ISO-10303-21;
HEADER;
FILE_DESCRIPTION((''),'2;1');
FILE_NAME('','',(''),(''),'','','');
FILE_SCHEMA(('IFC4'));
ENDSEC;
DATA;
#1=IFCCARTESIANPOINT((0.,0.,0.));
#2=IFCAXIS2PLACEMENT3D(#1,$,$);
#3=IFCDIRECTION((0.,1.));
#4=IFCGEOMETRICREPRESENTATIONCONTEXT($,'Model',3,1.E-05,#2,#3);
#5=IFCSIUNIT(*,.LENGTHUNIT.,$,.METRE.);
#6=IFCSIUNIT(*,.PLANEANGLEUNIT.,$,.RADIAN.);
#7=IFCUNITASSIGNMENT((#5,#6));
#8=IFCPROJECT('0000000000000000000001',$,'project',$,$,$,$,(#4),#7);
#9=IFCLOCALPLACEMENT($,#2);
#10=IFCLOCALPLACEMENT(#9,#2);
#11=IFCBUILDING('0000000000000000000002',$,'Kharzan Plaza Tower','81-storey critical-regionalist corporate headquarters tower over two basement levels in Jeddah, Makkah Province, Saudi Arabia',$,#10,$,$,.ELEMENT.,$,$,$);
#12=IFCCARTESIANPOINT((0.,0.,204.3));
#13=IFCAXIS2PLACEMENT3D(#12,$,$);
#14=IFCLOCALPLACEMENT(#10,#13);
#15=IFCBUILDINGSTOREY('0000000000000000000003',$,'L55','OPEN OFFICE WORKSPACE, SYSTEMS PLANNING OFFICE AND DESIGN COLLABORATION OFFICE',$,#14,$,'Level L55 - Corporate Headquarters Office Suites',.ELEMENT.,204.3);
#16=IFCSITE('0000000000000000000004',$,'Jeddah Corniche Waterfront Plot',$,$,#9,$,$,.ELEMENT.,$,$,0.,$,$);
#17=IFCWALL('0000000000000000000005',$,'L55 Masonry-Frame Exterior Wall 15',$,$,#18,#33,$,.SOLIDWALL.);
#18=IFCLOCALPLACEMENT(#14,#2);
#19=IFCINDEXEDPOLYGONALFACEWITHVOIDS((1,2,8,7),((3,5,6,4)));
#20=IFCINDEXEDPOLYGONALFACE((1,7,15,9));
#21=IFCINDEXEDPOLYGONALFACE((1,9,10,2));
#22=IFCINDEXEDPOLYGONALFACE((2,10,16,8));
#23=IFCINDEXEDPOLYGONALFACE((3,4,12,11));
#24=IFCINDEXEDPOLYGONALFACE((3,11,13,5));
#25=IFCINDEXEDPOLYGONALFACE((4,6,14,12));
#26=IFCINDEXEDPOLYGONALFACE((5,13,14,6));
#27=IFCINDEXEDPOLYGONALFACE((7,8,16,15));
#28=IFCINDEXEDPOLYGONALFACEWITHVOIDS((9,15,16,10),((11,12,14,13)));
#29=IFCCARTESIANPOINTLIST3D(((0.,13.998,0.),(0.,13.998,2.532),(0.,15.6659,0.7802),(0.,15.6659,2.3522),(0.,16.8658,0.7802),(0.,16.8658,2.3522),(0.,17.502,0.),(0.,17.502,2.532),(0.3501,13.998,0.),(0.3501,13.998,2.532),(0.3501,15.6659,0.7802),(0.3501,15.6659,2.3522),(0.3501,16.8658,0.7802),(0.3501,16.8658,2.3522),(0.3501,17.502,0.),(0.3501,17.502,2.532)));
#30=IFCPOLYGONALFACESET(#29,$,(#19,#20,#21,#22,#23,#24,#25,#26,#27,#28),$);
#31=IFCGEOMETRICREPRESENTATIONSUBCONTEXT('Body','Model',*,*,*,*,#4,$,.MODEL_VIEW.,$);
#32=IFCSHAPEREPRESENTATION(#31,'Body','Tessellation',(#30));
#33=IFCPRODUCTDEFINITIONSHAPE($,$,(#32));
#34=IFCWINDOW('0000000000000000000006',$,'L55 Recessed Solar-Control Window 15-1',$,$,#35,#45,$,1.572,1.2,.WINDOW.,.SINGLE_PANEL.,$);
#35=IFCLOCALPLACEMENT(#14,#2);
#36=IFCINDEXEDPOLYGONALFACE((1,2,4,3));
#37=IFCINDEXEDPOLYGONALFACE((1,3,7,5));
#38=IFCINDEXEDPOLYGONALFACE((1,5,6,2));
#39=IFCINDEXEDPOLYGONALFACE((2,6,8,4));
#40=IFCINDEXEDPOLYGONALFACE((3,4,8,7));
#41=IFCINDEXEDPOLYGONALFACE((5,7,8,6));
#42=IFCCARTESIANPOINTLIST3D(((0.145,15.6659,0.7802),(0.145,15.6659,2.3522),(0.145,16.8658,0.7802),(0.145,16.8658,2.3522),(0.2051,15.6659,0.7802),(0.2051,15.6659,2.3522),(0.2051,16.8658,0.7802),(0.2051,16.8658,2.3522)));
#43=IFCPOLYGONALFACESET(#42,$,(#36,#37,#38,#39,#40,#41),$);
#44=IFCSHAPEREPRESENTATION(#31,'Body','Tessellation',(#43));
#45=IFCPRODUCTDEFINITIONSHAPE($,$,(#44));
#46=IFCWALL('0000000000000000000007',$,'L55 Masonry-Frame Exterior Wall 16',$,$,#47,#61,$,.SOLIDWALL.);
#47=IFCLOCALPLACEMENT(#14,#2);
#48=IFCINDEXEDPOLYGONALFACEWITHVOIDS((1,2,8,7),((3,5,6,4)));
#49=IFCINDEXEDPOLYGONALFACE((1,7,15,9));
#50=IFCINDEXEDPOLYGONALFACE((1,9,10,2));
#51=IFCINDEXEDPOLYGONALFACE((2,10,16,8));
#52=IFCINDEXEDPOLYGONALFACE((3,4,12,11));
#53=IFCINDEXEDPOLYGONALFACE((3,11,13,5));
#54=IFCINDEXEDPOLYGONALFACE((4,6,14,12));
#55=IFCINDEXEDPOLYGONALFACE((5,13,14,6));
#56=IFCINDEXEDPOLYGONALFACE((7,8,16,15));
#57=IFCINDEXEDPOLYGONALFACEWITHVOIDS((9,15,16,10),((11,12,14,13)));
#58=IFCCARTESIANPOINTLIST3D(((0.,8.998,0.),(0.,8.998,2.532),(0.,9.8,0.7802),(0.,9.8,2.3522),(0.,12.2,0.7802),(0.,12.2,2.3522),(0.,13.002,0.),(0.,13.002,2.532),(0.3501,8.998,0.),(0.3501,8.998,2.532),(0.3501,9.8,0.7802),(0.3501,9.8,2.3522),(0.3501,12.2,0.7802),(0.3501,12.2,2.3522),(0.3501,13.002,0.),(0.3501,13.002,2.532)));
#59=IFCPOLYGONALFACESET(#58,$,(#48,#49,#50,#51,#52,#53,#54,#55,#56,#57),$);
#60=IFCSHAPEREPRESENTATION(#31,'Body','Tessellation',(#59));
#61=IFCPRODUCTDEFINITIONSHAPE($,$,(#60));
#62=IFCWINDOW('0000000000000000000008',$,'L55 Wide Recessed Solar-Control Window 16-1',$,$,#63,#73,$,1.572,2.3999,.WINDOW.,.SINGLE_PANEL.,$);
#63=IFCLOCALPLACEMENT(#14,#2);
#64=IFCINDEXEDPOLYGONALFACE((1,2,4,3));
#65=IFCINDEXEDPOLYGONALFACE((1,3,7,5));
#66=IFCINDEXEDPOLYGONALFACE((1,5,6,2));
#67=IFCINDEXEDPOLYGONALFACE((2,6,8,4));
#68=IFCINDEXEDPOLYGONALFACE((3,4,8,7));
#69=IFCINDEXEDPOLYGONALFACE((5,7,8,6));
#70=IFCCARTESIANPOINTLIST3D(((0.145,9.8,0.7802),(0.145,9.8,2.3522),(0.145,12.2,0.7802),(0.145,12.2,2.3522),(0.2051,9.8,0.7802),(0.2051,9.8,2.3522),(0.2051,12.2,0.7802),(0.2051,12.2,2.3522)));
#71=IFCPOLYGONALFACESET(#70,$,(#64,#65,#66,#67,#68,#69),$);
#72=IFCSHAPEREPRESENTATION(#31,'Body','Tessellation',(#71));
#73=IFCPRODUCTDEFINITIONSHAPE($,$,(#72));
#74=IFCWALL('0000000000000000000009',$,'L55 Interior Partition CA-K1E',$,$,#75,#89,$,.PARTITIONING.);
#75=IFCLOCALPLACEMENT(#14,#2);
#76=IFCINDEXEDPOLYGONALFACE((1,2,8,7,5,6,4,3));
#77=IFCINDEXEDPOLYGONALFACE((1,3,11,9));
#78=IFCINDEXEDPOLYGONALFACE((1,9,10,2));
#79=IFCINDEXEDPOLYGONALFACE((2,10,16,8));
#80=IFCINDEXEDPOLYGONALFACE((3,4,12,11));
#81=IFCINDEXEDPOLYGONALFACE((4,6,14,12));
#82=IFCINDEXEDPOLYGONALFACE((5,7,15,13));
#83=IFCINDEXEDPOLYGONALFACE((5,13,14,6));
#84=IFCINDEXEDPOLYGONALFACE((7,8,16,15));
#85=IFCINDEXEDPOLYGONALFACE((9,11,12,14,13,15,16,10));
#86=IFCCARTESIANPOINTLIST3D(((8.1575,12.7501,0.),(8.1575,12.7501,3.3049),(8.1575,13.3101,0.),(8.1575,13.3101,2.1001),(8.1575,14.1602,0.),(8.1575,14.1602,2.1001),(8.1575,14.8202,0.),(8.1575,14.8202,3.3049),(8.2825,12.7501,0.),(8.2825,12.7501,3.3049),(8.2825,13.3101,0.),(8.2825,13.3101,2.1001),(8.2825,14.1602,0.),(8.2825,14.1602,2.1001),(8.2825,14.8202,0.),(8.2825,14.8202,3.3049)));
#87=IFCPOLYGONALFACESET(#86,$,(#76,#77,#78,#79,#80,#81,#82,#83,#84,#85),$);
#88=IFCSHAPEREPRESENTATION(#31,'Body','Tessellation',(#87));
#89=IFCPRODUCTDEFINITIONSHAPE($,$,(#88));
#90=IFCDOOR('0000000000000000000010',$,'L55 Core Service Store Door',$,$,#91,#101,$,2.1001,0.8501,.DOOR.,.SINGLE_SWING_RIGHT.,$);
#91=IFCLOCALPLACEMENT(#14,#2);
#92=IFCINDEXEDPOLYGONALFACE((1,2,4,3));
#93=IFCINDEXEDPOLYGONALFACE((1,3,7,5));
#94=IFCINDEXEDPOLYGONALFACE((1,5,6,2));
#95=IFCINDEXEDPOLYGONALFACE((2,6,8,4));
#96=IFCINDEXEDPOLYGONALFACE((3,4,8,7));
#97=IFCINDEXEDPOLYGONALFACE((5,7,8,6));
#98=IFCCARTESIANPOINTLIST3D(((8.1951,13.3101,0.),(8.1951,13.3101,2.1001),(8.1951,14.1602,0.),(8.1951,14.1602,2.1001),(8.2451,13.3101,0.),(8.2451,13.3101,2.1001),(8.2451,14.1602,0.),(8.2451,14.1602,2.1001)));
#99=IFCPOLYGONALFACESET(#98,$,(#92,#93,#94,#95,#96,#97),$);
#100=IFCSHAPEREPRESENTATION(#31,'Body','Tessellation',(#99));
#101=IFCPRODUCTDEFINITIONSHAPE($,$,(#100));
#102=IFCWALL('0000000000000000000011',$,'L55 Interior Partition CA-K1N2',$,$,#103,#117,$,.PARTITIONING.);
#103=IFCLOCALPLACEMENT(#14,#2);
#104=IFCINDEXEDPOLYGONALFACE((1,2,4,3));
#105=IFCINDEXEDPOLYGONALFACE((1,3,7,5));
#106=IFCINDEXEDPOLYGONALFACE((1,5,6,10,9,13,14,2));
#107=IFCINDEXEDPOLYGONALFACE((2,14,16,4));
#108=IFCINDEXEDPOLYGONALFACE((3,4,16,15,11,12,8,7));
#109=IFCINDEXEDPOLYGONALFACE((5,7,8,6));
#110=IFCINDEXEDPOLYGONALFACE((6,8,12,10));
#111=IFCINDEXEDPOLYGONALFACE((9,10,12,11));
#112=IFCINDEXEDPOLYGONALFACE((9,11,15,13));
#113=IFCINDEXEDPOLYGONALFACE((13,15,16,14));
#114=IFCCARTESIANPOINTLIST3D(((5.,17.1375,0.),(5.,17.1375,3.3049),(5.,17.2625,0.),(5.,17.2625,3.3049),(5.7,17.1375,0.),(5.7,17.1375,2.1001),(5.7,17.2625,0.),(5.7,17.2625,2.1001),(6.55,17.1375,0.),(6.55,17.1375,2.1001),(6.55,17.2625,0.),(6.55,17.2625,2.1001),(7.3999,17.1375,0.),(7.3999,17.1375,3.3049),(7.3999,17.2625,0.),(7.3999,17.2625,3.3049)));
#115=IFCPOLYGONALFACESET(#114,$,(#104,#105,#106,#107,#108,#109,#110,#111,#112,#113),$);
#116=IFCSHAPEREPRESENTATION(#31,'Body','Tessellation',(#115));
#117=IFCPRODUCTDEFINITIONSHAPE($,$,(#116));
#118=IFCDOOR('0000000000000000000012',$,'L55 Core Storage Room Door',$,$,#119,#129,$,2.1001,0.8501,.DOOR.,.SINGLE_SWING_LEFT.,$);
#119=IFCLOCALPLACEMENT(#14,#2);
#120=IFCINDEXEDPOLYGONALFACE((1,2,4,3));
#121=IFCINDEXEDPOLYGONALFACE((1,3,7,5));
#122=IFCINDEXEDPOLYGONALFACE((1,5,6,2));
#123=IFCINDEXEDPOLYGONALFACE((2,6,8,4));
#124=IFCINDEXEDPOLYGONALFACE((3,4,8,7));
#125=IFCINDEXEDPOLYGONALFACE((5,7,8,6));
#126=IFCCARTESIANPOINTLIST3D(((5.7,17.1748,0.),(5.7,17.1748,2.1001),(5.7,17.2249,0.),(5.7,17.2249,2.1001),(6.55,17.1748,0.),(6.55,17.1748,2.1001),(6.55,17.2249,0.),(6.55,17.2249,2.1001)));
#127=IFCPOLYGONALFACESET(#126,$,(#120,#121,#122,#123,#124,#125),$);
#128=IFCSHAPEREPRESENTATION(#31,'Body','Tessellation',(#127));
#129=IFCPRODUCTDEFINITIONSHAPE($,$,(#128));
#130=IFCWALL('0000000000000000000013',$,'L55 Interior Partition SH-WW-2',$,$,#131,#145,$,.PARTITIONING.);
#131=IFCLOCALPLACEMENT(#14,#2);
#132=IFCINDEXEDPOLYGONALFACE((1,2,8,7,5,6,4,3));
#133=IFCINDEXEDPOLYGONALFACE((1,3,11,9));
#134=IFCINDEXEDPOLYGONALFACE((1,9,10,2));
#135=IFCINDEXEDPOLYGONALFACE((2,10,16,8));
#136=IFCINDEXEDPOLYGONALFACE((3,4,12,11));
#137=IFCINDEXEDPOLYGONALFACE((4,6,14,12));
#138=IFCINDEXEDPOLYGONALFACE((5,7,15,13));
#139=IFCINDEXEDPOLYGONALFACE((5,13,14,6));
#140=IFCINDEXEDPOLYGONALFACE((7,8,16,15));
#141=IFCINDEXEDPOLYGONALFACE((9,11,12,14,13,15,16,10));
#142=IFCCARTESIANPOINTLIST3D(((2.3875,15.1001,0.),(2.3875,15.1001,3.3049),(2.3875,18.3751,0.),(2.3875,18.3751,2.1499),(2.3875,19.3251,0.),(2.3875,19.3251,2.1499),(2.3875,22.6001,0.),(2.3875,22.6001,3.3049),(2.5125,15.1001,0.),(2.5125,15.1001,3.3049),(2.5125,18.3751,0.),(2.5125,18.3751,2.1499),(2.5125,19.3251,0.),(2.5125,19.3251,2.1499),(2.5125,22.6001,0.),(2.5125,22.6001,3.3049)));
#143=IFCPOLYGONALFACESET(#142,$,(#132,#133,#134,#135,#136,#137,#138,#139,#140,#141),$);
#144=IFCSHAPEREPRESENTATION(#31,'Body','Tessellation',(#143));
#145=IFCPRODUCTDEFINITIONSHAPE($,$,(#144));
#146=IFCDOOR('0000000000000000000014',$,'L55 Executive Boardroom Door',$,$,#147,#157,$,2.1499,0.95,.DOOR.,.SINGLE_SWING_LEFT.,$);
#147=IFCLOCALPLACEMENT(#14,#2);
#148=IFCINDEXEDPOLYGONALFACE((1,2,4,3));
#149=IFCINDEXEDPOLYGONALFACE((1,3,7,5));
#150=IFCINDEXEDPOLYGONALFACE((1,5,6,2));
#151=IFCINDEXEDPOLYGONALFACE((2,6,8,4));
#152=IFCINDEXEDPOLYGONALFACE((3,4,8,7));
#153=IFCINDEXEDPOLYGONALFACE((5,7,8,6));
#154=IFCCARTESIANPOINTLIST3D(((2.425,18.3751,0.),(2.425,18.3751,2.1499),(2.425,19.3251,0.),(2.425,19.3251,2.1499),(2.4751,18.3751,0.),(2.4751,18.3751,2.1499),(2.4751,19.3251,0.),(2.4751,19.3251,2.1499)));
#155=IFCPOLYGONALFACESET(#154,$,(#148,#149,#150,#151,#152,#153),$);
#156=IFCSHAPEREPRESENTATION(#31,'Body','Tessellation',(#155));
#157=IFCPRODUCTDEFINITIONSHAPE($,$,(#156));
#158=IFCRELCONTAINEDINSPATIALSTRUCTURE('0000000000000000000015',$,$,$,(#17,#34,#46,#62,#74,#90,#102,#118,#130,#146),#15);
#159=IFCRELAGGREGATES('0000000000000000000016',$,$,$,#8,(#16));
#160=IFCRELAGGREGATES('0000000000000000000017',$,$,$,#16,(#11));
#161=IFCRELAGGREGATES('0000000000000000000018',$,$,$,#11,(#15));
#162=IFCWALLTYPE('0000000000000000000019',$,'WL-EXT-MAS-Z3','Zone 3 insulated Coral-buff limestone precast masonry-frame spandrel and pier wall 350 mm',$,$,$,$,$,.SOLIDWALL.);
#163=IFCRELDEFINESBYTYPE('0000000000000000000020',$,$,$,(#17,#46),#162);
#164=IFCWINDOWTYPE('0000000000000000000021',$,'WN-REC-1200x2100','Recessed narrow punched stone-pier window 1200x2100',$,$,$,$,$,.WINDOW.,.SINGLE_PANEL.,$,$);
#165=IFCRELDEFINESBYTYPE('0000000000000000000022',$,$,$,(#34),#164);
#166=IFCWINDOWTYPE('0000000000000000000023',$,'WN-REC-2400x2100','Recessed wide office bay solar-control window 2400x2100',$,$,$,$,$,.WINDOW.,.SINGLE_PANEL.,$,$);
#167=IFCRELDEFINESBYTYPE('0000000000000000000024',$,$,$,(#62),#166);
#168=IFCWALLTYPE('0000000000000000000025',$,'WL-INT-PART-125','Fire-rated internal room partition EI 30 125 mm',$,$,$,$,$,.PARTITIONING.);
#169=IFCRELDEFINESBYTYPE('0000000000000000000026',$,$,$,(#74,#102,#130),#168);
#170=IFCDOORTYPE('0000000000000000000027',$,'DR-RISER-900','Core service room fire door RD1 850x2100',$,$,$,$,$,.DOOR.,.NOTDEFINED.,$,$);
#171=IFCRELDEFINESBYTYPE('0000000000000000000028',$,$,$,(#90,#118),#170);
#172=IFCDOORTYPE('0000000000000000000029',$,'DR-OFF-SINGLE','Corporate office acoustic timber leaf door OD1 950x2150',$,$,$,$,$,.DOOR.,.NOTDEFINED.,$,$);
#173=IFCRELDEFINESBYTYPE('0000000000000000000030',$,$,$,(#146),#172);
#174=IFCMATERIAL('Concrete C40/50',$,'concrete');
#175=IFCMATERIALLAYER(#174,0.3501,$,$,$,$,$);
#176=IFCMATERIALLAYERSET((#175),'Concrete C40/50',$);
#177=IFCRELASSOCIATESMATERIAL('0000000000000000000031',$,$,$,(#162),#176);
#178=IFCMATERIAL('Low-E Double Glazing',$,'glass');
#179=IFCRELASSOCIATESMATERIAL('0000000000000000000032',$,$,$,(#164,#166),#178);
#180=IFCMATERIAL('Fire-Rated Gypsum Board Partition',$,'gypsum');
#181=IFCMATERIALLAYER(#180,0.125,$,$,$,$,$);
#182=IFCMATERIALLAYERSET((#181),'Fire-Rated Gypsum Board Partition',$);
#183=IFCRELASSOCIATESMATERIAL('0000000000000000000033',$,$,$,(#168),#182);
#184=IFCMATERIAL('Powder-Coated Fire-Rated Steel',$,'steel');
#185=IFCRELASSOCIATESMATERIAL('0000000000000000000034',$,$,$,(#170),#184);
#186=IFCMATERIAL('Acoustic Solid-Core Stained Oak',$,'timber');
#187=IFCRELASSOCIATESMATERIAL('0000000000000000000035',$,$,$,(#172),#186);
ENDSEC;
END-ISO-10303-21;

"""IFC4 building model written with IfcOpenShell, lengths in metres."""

from ifc_helpers import new_model, si_unit, direction, frame, frame_2d, origin, place, context, subcontext, project, spatial, rectangle, extrude, source, transform, mapped, material, layer, layer_set, type_object, element, fill, save


model = new_model("IFC4")

# Units and contexts
model_context = context("Model", 3, precision=1e-05, world=origin(), true_north=direction((0.0, 1.0)))
body_context = subcontext(model_context, "Body", "Model", "MODEL_VIEW")
ifc_project = project(units=[si_unit("LENGTHUNIT", "METRE"), si_unit("PLANEANGLEUNIT", "RADIAN")], contexts=[model_context])

# Site, building, storey
site_placement = place(None, origin())
site = spatial("IfcSite", under=ifc_project, at=site_placement, Name="Jeddah Corniche Waterfront Plot", CompositionType="ELEMENT", RefElevation=0.0)
building_placement = place(site_placement, origin())
building = spatial("IfcBuilding", under=site, at=building_placement, Name="Kharzan Plaza Tower", Description="81-storey critical-regionalist corporate headquarters tower over two basement levels in Jeddah, Makkah Province, Saudi Arabia", CompositionType="ELEMENT")
storey_placement = place(building_placement, frame((0.0, 0.0, 204.3)))
storey = spatial("IfcBuildingStorey", under=building, at=storey_placement, Name="L55", Description="OPEN OFFICE WORKSPACE, SYSTEMS PLANNING OFFICE AND DESIGN COLLABORATION OFFICE", LongName="Level L55 - Corporate Headquarters Office Suites", CompositionType="ELEMENT", Elevation=204.3)

# Walls, openings, windows
ifc_material_1 = material(Name="Concrete C40/50", Category="concrete")
ifc_layer_1 = layer(ifc_material_1, 0.3501)
ifc_layer_set_1 = layer_set([ifc_layer_1], Name="Concrete C40/50")
wall_type_1 = type_object("IfcWallType", Name="WL-EXT-MAS-Z3", Description="Zone 3 insulated Coral-buff limestone precast masonry-frame spandrel and pier wall 350 mm", PredefinedType="SOLIDWALL", material=ifc_layer_set_1)
wall_1_placement = place(storey_placement, frame((0.175, 17.502, 0.0), z_axis=(0.0, 0.0, 1.0), x_axis=(0.0, -1.0, 0.0)))
wall_1 = element("IfcWall", 1, at=wall_1_placement, inside=storey, type_object=wall_type_1, Name="L55 Masonry-Frame Exterior Wall 15", PredefinedType="SOLIDWALL", context=body_context, shape_type="SweptSolid", body=[
    extrude(rectangle(XDim=3.5039, YDim=0.3501, at=frame_2d((1.752, 0.0))), origin(), (0.0, 0.0, 1.0), 2.532),
])
opening_1_placement = place(wall_1_placement, frame((0.636, 0.0, 0.78)))
opening_1 = element("IfcOpeningElement", 2, at=opening_1_placement, cuts=wall_1, PredefinedType="OPENING", context=body_context, shape_type="SweptSolid", body=[
    extrude(rectangle(XDim=1.2, YDim=1.572, at=frame_2d((0.6001, 0.7861))), frame((0.0, 0.1851, 0.0), z_axis=(0.0, -1.0, 0.0), x_axis=(1.0, 0.0, 0.0)), (0.0, 0.0, 1.0), 0.3701),
])
ifc_material_2 = material(Name="Low-E Double Glazing", Category="glass")
window_type_1 = type_object("IfcWindowType", Name="WN-REC-1200x2100", Description="Recessed narrow punched stone-pier window 1200x2100", PartitioningType="SINGLE_PANEL", PredefinedType="WINDOW", material=ifc_material_2)
shared_shape_1 = source(origin(), body_context, "Body", "SweptSolid", [
    extrude(rectangle(XDim=1.2, YDim=1.572, at=frame_2d((0.6001, 0.7861))), frame((0.0, 0.03, 0.0), z_axis=(0.0, -1.0, 0.0), x_axis=(1.0, 0.0, 0.0)), (0.0, 0.0, 1.0), 0.0601),
])
window_1_placement = place(opening_1_placement, origin())
window_1 = element("IfcWindow", 3, at=window_1_placement, inside=storey, type_object=window_type_1, Name="L55 Recessed Solar-Control Window 15-1", OverallHeight=1.572, OverallWidth=1.2, PartitioningType="SINGLE_PANEL", PredefinedType="WINDOW", context=body_context, shape_type="MappedRepresentation", body=[
    mapped(shared_shape_1, transform((0.0, 0.0, 0.0), x_axis=(1.0, 0.0, 0.0), y_axis=(0.0, 1.0, 0.0), z_axis=(0.0, 0.0, 1.0))),
])
fill(opening_1, window_1)
wall_2_placement = place(storey_placement, frame((0.175, 13.002, 0.0), z_axis=(0.0, 0.0, 1.0), x_axis=(0.0, -1.0, 0.0)))
wall_2 = element("IfcWall", 4, at=wall_2_placement, inside=storey, type_object=wall_type_1, Name="L55 Masonry-Frame Exterior Wall 16", PredefinedType="SOLIDWALL", context=body_context, shape_type="SweptSolid", body=[
    extrude(rectangle(XDim=4.0039, YDim=0.3501, at=frame_2d((2.002, 0.0))), origin(), (0.0, 0.0, 1.0), 2.532),
])
opening_2_placement = place(wall_2_placement, frame((0.802, 0.0, 0.78)))
opening_2 = element("IfcOpeningElement", 5, at=opening_2_placement, cuts=wall_2, PredefinedType="OPENING", context=body_context, shape_type="SweptSolid", body=[
    extrude(rectangle(XDim=2.3999, YDim=1.572, at=frame_2d((1.2, 0.7861))), frame((0.0, 0.1851, 0.0), z_axis=(0.0, -1.0, 0.0), x_axis=(1.0, 0.0, 0.0)), (0.0, 0.0, 1.0), 0.3701),
])
window_type_2 = type_object("IfcWindowType", Name="WN-REC-2400x2100", Description="Recessed wide office bay solar-control window 2400x2100", PartitioningType="SINGLE_PANEL", PredefinedType="WINDOW", material=ifc_material_2)
shared_shape_2 = source(origin(), body_context, "Body", "SweptSolid", [
    extrude(rectangle(XDim=2.3999, YDim=1.572, at=frame_2d((1.2, 0.7861))), frame((0.0, 0.03, 0.0), z_axis=(0.0, -1.0, 0.0), x_axis=(1.0, 0.0, 0.0)), (0.0, 0.0, 1.0), 0.0601),
])
window_2_placement = place(opening_2_placement, origin())
window_2 = element("IfcWindow", 6, at=window_2_placement, inside=storey, type_object=window_type_2, Name="L55 Wide Recessed Solar-Control Window 16-1", OverallHeight=1.572, OverallWidth=2.3999, PartitioningType="SINGLE_PANEL", PredefinedType="WINDOW", context=body_context, shape_type="MappedRepresentation", body=[
    mapped(shared_shape_2, transform((0.0, 0.0, 0.0), x_axis=(1.0, 0.0, 0.0), y_axis=(0.0, 1.0, 0.0), z_axis=(0.0, 0.0, 1.0))),
])
fill(opening_2, window_2)

# Walls, openings, doors
ifc_material_3 = material(Name="Fire-Rated Gypsum Board Partition", Category="gypsum")
ifc_layer_2 = layer(ifc_material_3, 0.125)
ifc_layer_set_2 = layer_set([ifc_layer_2], Name="Fire-Rated Gypsum Board Partition")
wall_type_2 = type_object("IfcWallType", Name="WL-INT-PART-125", Description="Fire-rated internal room partition EI 30 125 mm", PredefinedType="PARTITIONING", material=ifc_layer_set_2)
wall_3_placement = place(storey_placement, frame((8.22, 12.75, 0.0), z_axis=(0.0, 0.0, 1.0), x_axis=(0.0, 1.0, 0.0)))
wall_3 = element("IfcWall", 7, at=wall_3_placement, inside=storey, type_object=wall_type_2, Name="L55 Interior Partition CA-K1E", PredefinedType="PARTITIONING", context=body_context, shape_type="SweptSolid", body=[
    extrude(rectangle(XDim=2.0701, YDim=0.125, at=frame_2d((1.0352, 0.0))), origin(), (0.0, 0.0, 1.0), 3.3049),
])
opening_3_placement = place(wall_3_placement, frame((0.5601, 0.0, 0.0)))
opening_3 = element("IfcOpeningElement", 8, at=opening_3_placement, cuts=wall_3, PredefinedType="OPENING", context=body_context, shape_type="SweptSolid", body=[
    extrude(rectangle(XDim=0.8501, YDim=2.1001, at=frame_2d((0.425, 1.05))), frame((0.0, 0.0725, 0.0), z_axis=(0.0, -1.0, 0.0), x_axis=(1.0, 0.0, 0.0)), (0.0, 0.0, 1.0), 0.145),
])
ifc_material_4 = material(Name="Powder-Coated Fire-Rated Steel", Category="steel")
door_type_1 = type_object("IfcDoorType", Name="DR-RISER-900", Description="Core service room fire door RD1 850x2100", OperationType="NOTDEFINED", PredefinedType="DOOR", material=ifc_material_4)
shared_shape_3 = source(origin(), body_context, "Body", "SweptSolid", [
    extrude(rectangle(XDim=0.8501, YDim=2.1001, at=frame_2d((0.425, 1.05))), frame((0.0, 0.0249, 0.0), z_axis=(0.0, -1.0, 0.0), x_axis=(1.0, 0.0, 0.0)), (0.0, 0.0, 1.0), 0.05),
])
door_1_placement = place(opening_3_placement, origin())
door_1 = element("IfcDoor", 9, at=door_1_placement, inside=storey, type_object=door_type_1, Name="L55 Core Service Store Door", OperationType="SINGLE_SWING_RIGHT", OverallHeight=2.1001, OverallWidth=0.8501, PredefinedType="DOOR", context=body_context, shape_type="MappedRepresentation", body=[
    mapped(shared_shape_3, transform((0.0, 0.0, 0.0), x_axis=(1.0, 0.0, 0.0), y_axis=(0.0, 1.0, 0.0), z_axis=(0.0, 0.0, 1.0))),
])
fill(opening_3, door_1)
wall_4_placement = place(storey_placement, frame((5.0, 17.2, 0.0), z_axis=(0.0, 0.0, 1.0), x_axis=(1.0, 0.0, 0.0)))
wall_4 = element("IfcWall", 10, at=wall_4_placement, inside=storey, type_object=wall_type_2, Name="L55 Interior Partition CA-K1N2", PredefinedType="PARTITIONING", context=body_context, shape_type="SweptSolid", body=[
    extrude(rectangle(XDim=2.3999, YDim=0.125, at=frame_2d((1.2, 0.0))), origin(), (0.0, 0.0, 1.0), 3.3049),
])
opening_4_placement = place(wall_4_placement, frame((0.7, 0.0, 0.0)))
opening_4 = element("IfcOpeningElement", 11, at=opening_4_placement, cuts=wall_4, PredefinedType="OPENING", context=body_context, shape_type="SweptSolid", body=[
    extrude(rectangle(XDim=0.8501, YDim=2.1001, at=frame_2d((0.425, 1.05))), frame((0.0, 0.0725, 0.0), z_axis=(0.0, -1.0, 0.0), x_axis=(1.0, 0.0, 0.0)), (0.0, 0.0, 1.0), 0.145),
])
door_2_placement = place(opening_4_placement, origin())
door_2 = element("IfcDoor", 12, at=door_2_placement, inside=storey, type_object=door_type_1, Name="L55 Core Storage Room Door", OperationType="SINGLE_SWING_LEFT", OverallHeight=2.1001, OverallWidth=0.8501, PredefinedType="DOOR", context=body_context, shape_type="MappedRepresentation", body=[
    mapped(shared_shape_3, transform((0.0, 0.0, 0.0), x_axis=(1.0, 0.0, 0.0), y_axis=(0.0, 1.0, 0.0), z_axis=(0.0, 0.0, 1.0))),
])
fill(opening_4, door_2)
wall_5_placement = place(storey_placement, frame((2.45, 15.1001, 0.0), z_axis=(0.0, 0.0, 1.0), x_axis=(0.0, 1.0, 0.0)))
wall_5 = element("IfcWall", 13, at=wall_5_placement, inside=storey, type_object=wall_type_2, Name="L55 Interior Partition SH-WW-2", PredefinedType="PARTITIONING", context=body_context, shape_type="SweptSolid", body=[
    extrude(rectangle(XDim=7.5, YDim=0.125, at=frame_2d((3.75, 0.0))), origin(), (0.0, 0.0, 1.0), 3.3049),
])
opening_5_placement = place(wall_5_placement, frame((3.2749, 0.0, 0.0)))
opening_5 = element("IfcOpeningElement", 14, at=opening_5_placement, cuts=wall_5, PredefinedType="OPENING", context=body_context, shape_type="SweptSolid", body=[
    extrude(rectangle(XDim=0.95, YDim=2.1499, at=frame_2d((0.4751, 1.075))), frame((0.0, 0.0725, 0.0), z_axis=(0.0, -1.0, 0.0), x_axis=(1.0, 0.0, 0.0)), (0.0, 0.0, 1.0), 0.145),
])
ifc_material_5 = material(Name="Acoustic Solid-Core Stained Oak", Category="timber")
door_type_2 = type_object("IfcDoorType", Name="DR-OFF-SINGLE", Description="Corporate office acoustic timber leaf door OD1 950x2150", OperationType="NOTDEFINED", PredefinedType="DOOR", material=ifc_material_5)
shared_shape_4 = source(origin(), body_context, "Body", "SweptSolid", [
    extrude(rectangle(XDim=0.95, YDim=2.1499, at=frame_2d((0.4751, 1.075))), frame((0.0, 0.0249, 0.0), z_axis=(0.0, -1.0, 0.0), x_axis=(1.0, 0.0, 0.0)), (0.0, 0.0, 1.0), 0.05),
])
door_3_placement = place(opening_5_placement, origin())
door_3 = element("IfcDoor", 15, at=door_3_placement, inside=storey, type_object=door_type_2, Name="L55 Executive Boardroom Door", OperationType="SINGLE_SWING_LEFT", OverallHeight=2.1499, OverallWidth=0.95, PredefinedType="DOOR", context=body_context, shape_type="MappedRepresentation", body=[
    mapped(shared_shape_4, transform((0.0, 0.0, 0.0), x_axis=(1.0, 0.0, 0.0), y_axis=(0.0, 1.0, 0.0), z_axis=(0.0, 0.0, 1.0))),
])
fill(opening_5, door_3)

save(model, "model.ifc")
